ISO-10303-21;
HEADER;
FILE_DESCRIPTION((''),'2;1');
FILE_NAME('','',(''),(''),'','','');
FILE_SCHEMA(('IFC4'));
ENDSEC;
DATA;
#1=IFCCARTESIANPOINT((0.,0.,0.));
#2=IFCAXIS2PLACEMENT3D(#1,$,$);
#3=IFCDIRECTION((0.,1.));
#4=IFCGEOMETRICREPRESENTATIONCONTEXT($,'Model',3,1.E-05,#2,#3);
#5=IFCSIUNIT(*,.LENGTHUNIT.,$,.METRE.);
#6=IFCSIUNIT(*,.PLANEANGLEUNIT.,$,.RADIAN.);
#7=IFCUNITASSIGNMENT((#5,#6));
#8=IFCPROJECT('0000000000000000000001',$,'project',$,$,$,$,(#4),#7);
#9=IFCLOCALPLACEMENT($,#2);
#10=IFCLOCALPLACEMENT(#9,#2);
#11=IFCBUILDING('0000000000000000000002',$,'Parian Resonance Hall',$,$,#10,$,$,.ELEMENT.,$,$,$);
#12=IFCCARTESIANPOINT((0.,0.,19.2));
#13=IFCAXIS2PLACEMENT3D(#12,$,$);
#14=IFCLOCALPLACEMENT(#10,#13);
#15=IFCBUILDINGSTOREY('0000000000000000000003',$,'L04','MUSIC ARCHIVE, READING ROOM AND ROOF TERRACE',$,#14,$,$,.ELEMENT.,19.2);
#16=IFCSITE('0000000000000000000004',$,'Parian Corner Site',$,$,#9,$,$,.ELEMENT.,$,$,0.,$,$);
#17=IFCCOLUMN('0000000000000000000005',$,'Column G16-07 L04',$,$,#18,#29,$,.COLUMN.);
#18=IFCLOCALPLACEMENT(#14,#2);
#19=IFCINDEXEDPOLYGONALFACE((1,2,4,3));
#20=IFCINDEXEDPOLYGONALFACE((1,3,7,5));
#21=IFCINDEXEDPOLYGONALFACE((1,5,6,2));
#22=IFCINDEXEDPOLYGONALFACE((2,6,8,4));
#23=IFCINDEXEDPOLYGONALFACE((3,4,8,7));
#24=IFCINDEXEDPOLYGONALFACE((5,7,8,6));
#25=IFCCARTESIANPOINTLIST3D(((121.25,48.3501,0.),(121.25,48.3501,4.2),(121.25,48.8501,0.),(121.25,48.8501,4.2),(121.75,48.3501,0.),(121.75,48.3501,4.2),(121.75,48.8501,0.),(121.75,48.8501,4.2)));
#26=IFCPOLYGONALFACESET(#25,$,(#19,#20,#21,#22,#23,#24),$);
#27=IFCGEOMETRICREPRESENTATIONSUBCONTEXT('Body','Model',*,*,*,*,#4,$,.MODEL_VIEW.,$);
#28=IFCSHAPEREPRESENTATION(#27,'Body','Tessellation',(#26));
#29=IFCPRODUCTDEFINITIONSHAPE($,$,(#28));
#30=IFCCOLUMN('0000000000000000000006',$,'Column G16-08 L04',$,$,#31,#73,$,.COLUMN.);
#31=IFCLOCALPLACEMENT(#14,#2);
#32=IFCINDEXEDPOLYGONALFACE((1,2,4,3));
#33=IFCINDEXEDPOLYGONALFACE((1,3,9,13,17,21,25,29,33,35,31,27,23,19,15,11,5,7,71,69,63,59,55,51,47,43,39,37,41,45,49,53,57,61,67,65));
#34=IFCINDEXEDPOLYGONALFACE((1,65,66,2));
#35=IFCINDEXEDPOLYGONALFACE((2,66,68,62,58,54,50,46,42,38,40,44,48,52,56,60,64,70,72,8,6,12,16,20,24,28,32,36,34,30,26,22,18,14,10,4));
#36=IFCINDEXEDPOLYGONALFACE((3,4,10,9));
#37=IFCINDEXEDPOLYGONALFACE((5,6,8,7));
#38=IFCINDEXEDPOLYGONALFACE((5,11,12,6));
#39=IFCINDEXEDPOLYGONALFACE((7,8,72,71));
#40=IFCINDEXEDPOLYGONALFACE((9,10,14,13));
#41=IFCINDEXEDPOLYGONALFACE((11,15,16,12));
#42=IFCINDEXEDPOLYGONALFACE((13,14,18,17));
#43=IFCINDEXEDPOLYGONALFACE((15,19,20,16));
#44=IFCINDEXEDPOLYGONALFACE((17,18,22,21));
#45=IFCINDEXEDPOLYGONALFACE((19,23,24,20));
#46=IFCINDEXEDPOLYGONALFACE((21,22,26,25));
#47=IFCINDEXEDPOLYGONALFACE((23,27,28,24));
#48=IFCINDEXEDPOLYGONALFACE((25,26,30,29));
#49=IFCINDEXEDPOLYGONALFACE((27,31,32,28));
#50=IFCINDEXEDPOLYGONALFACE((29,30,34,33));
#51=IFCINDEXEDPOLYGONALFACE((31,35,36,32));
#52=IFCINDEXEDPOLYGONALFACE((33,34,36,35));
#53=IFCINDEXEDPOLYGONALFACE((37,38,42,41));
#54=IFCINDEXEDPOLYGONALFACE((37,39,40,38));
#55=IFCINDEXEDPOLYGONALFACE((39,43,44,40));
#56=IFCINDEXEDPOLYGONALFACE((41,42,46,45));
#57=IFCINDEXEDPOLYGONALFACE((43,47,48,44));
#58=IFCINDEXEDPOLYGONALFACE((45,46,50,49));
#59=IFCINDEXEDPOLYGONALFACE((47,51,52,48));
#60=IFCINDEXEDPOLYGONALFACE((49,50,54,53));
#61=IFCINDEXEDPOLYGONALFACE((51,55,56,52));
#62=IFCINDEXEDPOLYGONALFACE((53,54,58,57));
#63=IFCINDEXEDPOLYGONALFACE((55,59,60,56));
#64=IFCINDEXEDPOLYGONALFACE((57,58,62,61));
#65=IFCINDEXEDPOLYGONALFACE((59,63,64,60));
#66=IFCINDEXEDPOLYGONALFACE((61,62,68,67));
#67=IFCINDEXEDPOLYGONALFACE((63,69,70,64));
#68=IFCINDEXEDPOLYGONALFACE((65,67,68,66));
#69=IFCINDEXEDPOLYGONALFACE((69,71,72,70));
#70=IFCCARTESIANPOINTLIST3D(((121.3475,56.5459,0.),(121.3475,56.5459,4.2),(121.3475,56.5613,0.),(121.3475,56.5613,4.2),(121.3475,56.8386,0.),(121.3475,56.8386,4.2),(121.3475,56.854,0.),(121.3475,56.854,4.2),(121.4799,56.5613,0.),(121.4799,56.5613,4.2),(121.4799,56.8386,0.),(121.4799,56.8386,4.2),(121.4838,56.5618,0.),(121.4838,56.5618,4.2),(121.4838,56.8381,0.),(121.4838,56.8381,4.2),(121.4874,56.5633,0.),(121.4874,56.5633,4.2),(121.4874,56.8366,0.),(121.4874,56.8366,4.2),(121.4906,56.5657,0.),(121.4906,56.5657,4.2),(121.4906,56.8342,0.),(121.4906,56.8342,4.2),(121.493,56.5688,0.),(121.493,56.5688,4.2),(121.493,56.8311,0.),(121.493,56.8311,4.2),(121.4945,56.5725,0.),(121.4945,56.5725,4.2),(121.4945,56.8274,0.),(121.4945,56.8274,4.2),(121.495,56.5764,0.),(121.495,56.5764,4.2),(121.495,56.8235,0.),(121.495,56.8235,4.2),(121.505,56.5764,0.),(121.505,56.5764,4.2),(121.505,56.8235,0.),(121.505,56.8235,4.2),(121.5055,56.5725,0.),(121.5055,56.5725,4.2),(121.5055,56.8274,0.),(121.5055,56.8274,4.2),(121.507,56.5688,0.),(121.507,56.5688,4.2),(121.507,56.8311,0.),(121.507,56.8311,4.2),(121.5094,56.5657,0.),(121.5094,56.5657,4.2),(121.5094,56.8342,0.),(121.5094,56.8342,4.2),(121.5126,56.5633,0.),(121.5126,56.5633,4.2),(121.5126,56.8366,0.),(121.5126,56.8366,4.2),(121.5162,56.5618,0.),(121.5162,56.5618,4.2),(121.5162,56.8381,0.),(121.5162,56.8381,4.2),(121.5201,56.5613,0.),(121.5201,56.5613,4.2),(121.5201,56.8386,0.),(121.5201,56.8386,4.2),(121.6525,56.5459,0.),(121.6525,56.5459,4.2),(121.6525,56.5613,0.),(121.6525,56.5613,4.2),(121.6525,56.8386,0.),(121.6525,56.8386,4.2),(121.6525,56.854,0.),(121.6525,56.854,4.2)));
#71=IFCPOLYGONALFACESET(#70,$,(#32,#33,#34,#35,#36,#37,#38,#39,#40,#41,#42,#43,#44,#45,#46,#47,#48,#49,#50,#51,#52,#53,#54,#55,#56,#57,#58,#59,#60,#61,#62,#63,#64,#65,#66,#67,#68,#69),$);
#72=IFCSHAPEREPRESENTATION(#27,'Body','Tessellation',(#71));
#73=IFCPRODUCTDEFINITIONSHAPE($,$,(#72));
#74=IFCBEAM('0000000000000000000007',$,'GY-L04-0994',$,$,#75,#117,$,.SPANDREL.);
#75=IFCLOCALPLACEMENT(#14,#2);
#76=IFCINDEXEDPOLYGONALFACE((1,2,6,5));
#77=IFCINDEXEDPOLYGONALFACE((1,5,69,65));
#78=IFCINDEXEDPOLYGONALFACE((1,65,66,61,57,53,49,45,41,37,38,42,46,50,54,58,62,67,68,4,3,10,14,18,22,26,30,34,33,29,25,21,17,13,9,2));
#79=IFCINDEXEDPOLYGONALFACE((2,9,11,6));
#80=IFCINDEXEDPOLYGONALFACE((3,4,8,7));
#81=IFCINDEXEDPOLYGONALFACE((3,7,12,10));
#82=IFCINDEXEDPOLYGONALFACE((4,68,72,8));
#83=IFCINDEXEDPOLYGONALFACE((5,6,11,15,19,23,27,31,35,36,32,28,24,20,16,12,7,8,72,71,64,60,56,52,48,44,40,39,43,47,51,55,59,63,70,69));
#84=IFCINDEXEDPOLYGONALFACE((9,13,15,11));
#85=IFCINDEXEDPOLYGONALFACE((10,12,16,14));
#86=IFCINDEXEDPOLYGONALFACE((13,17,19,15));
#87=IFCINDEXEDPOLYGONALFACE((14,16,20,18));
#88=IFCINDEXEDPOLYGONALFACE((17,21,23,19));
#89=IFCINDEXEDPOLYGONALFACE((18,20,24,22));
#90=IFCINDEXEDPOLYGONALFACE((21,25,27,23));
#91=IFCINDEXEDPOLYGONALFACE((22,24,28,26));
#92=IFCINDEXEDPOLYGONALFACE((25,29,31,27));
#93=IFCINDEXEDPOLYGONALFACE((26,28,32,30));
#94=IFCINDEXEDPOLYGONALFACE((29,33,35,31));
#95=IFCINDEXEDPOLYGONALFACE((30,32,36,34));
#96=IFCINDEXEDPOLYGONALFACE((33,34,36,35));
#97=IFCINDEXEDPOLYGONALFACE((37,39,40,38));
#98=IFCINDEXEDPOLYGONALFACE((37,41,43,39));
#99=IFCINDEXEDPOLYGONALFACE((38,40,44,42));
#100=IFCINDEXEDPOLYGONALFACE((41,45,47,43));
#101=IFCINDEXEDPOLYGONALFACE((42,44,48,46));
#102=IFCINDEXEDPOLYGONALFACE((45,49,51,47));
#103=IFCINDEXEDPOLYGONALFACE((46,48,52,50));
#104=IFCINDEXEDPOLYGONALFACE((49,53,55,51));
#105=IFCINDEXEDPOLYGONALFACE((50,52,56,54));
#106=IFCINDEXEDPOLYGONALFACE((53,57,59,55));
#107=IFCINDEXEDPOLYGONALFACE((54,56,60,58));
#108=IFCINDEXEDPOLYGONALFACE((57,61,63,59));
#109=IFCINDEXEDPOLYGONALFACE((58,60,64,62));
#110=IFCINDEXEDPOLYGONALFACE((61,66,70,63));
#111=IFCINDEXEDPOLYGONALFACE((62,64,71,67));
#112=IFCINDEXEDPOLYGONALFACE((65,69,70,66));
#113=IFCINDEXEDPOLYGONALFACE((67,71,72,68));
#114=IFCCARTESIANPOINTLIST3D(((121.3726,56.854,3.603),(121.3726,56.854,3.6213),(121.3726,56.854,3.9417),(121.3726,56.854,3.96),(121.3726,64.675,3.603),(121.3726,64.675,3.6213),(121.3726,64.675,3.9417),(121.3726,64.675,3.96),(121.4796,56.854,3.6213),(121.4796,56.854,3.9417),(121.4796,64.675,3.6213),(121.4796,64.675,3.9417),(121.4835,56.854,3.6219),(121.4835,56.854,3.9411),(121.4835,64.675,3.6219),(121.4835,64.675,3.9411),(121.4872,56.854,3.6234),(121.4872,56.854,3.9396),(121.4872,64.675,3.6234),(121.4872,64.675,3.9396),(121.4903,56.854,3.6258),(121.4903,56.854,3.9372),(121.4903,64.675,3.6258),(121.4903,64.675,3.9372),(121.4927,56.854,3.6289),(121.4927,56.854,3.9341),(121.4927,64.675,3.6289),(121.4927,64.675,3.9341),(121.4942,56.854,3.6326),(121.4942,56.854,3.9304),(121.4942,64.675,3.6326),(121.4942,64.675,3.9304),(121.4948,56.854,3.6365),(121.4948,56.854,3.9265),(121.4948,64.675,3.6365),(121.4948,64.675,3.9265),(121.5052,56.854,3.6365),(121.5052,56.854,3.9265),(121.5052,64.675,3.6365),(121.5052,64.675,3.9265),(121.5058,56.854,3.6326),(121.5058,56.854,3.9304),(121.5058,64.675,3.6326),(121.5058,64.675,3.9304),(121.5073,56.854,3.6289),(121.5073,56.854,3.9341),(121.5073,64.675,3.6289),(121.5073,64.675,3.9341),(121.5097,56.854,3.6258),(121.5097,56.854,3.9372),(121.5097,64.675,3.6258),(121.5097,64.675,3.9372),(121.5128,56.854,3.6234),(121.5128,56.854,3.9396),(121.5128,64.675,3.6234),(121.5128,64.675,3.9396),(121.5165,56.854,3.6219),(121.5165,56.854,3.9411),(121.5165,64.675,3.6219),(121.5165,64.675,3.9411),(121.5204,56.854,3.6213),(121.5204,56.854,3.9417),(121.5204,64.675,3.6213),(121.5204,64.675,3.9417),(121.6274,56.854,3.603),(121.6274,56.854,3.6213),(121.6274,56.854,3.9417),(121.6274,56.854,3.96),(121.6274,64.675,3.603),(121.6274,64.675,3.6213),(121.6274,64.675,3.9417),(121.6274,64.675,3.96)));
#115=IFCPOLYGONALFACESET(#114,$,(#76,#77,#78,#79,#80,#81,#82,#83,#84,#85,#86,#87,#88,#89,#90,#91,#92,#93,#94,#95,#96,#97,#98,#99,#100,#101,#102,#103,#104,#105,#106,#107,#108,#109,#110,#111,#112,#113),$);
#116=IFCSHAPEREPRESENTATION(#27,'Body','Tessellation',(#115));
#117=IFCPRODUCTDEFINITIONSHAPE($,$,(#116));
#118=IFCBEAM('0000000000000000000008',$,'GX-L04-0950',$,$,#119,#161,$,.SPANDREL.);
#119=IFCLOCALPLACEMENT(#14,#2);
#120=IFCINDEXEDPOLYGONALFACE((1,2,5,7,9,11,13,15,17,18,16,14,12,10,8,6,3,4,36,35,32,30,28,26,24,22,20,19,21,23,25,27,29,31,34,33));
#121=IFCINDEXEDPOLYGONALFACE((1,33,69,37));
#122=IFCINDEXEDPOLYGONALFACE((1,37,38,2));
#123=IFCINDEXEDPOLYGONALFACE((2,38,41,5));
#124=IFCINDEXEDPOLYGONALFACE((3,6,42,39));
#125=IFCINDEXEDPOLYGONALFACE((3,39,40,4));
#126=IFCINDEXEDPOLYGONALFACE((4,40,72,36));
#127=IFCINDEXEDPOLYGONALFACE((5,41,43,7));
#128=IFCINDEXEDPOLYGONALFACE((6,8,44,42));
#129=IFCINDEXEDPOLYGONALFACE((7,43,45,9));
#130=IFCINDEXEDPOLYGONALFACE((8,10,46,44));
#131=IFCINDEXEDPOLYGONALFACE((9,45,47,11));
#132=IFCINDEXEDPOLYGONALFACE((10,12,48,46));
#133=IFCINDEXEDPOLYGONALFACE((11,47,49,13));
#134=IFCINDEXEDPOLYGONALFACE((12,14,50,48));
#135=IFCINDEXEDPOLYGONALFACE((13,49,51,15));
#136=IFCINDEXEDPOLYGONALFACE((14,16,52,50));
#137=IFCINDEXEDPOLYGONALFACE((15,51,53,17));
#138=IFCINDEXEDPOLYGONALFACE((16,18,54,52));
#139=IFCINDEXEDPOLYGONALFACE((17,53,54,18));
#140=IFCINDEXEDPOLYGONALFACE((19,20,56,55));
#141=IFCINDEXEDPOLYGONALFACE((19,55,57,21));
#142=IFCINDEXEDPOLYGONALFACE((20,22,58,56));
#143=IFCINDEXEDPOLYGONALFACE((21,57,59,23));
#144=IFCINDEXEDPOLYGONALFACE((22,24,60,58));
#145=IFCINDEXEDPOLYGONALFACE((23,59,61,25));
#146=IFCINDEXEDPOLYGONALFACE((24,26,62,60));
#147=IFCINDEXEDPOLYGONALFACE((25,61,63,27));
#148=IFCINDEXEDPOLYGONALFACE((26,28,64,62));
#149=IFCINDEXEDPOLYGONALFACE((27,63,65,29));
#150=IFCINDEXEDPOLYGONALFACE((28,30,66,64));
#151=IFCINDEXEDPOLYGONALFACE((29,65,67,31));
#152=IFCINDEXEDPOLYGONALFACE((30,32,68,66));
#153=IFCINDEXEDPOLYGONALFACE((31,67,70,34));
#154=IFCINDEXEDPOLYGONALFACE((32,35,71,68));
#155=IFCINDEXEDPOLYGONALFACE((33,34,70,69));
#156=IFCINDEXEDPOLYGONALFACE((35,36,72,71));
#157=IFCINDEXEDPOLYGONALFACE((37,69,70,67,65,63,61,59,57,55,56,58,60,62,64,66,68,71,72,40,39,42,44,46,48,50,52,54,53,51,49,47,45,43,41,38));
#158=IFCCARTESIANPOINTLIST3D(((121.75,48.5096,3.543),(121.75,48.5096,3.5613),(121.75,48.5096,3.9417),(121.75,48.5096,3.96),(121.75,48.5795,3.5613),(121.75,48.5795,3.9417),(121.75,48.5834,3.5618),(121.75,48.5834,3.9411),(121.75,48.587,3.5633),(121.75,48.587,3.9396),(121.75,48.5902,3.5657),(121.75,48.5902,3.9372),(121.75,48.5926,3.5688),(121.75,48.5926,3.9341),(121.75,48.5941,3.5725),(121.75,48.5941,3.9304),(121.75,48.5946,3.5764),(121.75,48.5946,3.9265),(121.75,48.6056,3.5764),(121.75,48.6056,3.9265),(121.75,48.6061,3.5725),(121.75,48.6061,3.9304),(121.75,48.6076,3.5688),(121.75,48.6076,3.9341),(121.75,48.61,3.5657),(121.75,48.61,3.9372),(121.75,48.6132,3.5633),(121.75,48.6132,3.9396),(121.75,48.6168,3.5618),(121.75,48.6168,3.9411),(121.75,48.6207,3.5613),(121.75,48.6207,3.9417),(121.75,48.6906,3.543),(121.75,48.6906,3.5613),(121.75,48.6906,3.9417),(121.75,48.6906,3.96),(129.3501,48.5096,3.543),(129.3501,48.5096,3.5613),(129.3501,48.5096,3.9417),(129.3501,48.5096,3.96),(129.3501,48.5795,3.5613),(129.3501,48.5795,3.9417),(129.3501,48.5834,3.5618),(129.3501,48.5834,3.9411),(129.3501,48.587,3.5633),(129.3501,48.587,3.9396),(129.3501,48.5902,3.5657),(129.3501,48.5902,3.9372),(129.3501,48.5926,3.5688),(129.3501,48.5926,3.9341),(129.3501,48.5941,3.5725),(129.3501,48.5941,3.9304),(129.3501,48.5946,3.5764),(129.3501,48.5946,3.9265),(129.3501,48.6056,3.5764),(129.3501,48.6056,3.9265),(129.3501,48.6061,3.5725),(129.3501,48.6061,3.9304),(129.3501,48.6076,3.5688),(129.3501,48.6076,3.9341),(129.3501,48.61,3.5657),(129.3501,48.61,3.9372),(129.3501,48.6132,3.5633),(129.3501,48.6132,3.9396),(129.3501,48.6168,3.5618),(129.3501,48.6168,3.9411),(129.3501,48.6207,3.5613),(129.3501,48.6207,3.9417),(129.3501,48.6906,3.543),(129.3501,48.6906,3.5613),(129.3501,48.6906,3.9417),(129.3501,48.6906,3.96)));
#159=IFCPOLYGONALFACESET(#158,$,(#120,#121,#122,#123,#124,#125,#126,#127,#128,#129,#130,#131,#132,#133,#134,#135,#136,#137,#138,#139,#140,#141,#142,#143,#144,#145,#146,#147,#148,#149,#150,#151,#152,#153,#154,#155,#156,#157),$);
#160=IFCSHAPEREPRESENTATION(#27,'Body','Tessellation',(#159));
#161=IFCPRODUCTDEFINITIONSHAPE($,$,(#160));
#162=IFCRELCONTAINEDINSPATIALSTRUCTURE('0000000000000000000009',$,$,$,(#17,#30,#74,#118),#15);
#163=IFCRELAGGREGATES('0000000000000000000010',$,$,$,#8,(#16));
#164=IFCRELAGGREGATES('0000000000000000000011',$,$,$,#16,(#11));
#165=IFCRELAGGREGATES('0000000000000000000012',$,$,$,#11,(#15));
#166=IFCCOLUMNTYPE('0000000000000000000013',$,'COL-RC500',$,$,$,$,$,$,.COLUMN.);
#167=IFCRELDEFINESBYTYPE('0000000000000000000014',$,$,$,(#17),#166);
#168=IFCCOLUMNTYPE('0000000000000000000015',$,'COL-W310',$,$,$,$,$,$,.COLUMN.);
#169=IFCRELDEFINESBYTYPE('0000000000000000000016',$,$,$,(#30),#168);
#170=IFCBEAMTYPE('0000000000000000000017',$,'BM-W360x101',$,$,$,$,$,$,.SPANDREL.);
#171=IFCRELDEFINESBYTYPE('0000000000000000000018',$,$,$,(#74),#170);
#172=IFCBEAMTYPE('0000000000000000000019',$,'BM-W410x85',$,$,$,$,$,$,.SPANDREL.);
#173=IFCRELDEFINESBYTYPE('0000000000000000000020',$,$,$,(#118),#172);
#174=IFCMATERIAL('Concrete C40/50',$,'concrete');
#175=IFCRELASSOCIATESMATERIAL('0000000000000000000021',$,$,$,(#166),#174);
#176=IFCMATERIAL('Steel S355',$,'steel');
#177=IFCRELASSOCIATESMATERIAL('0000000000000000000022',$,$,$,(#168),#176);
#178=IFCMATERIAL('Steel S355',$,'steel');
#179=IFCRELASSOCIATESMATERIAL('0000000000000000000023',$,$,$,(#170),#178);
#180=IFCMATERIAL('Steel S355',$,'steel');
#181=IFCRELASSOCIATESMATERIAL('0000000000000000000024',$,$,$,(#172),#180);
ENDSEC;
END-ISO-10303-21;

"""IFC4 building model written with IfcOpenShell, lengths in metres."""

from ifc_helpers import new_model, si_unit, direction, frame, origin, origin_2d, place, context, subcontext, project, spatial, rectangle, i_section, extrude, material, material_profile, profile_set, type_object, element, save


model = new_model("IFC4")

# Units and contexts
model_context = context("Model", 3, precision=1e-05, world=origin(), true_north=direction((0.0, 1.0)))
body_context = subcontext(model_context, "Body", "Model", "MODEL_VIEW")
ifc_project = project(units=[si_unit("LENGTHUNIT", "METRE"), si_unit("PLANEANGLEUNIT", "RADIAN")], contexts=[model_context])

# Site, building, storey
site_placement = place(None, origin())
site = spatial("IfcSite", under=ifc_project, at=site_placement, Name="Parian Corner Site", CompositionType="ELEMENT", RefElevation=0.0)
building_placement = place(site_placement, origin())
building = spatial("IfcBuilding", under=site, at=building_placement, Name="Parian Resonance Hall", CompositionType="ELEMENT")
storey_placement = place(building_placement, frame((0.0, 0.0, 19.2)))
storey = spatial("IfcBuildingStorey", under=building, at=storey_placement, Name="L04", Description="MUSIC ARCHIVE, READING ROOM AND ROOF TERRACE", CompositionType="ELEMENT", Elevation=19.2)

# Columns
ifc_material_1 = material(Name="Concrete C40/50", Category="concrete")
ifc_material_profile_1 = material_profile(ifc_material_1, rectangle(XDim=0.5, YDim=0.5, at=origin_2d()), Name="RC-COL-500x500")
ifc_profile_set_1 = profile_set([ifc_material_profile_1], Name="Concrete C40/50")
column_type_1 = type_object("IfcColumnType", Name="COL-RC500", PredefinedType="COLUMN", material=ifc_profile_set_1)
column_1_placement = place(storey_placement, frame((121.5, 48.6001, 0.0), z_axis=(0.0, 0.0, 1.0), x_axis=(1.0, 0.0, 0.0)))
element("IfcColumn", 1, at=column_1_placement, inside=storey, type_object=column_type_1, Name="Column G16-07 L04", PredefinedType="COLUMN", context=body_context, shape_type="SweptSolid", body=[
    extrude(rectangle(XDim=0.5, YDim=0.5, at=origin_2d()), origin(), (0.0, 0.0, 1.0), 4.2),
])
ifc_material_2 = material(Name="Steel S355", Category="steel")
ifc_material_profile_2 = material_profile(ifc_material_2, i_section(OverallWidth=0.3049, OverallDepth=0.3081, WebThickness=0.01, FlangeThickness=0.0154, FilletRadius=0.0151, at=origin_2d()), Name="W310x97")
ifc_profile_set_2 = profile_set([ifc_material_profile_2], Name="Steel S355")
column_type_2 = type_object("IfcColumnType", Name="COL-W310", PredefinedType="COLUMN", material=ifc_profile_set_2)
column_2_placement = place(storey_placement, frame((121.5, 56.7, 0.0), z_axis=(0.0, 0.0, 1.0), x_axis=(1.0, 0.0, 0.0)))
element("IfcColumn", 2, at=column_2_placement, inside=storey, type_object=column_type_2, Name="Column G16-08 L04", PredefinedType="COLUMN", context=body_context, shape_type="SweptSolid", body=[
    extrude(i_section(OverallWidth=0.3049, OverallDepth=0.3081, WebThickness=0.01, FlangeThickness=0.0154, FilletRadius=0.0151, at=origin_2d()), origin(), (0.0, 0.0, 1.0), 4.2),
])

# Beams
ifc_material_3 = material(Name="Steel S355", Category="steel")
ifc_material_profile_3 = material_profile(ifc_material_3, i_section(OverallWidth=0.2549, OverallDepth=0.3569, WebThickness=0.0105, FlangeThickness=0.0183, FilletRadius=0.0151, at=origin_2d()), Name="W360x101")
ifc_profile_set_3 = profile_set([ifc_material_profile_3], Name="Steel S355")
beam_type_1 = type_object("IfcBeamType", Name="BM-W360x101", PredefinedType="SPANDREL", material=ifc_profile_set_3)
beam_1_placement = place(storey_placement, frame((121.5, 56.854, 3.7815), z_axis=(0.0, 1.0, 0.0), x_axis=(-1.0, 0.0, 0.0)))
element("IfcBeam", 3, at=beam_1_placement, inside=storey, type_object=beam_type_1, Name="GY-L04-0994", PredefinedType="SPANDREL", context=body_context, shape_type="SweptSolid", body=[
    extrude(i_section(OverallWidth=0.2549, OverallDepth=0.3569, WebThickness=0.0105, FlangeThickness=0.0183, FilletRadius=0.0151, at=origin_2d()), origin(), (0.0, 0.0, 1.0), 7.821),
])
ifc_material_4 = material(Name="Steel S355", Category="steel")
ifc_material_profile_4 = material_profile(ifc_material_4, i_section(OverallWidth=0.1809, OverallDepth=0.417, WebThickness=0.011, FlangeThickness=0.0183, FilletRadius=0.0151, at=origin_2d()), Name="W410x85")
ifc_profile_set_4 = profile_set([ifc_material_profile_4], Name="Steel S355")
beam_type_2 = type_object("IfcBeamType", Name="BM-W410x85", PredefinedType="SPANDREL", material=ifc_profile_set_4)
beam_2_placement = place(storey_placement, frame((121.75, 48.6001, 3.7515), z_axis=(1.0, 0.0, 0.0), x_axis=(0.0, 1.0, 0.0)))
element("IfcBeam", 4, at=beam_2_placement, inside=storey, type_object=beam_type_2, Name="GX-L04-0950", PredefinedType="SPANDREL", context=body_context, shape_type="SweptSolid", body=[
    extrude(i_section(OverallWidth=0.1809, OverallDepth=0.417, WebThickness=0.011, FlangeThickness=0.0183, FilletRadius=0.0151, at=origin_2d()), origin(), (0.0, 0.0, 1.0), 7.6001),
])

save(model, "model.ifc")
